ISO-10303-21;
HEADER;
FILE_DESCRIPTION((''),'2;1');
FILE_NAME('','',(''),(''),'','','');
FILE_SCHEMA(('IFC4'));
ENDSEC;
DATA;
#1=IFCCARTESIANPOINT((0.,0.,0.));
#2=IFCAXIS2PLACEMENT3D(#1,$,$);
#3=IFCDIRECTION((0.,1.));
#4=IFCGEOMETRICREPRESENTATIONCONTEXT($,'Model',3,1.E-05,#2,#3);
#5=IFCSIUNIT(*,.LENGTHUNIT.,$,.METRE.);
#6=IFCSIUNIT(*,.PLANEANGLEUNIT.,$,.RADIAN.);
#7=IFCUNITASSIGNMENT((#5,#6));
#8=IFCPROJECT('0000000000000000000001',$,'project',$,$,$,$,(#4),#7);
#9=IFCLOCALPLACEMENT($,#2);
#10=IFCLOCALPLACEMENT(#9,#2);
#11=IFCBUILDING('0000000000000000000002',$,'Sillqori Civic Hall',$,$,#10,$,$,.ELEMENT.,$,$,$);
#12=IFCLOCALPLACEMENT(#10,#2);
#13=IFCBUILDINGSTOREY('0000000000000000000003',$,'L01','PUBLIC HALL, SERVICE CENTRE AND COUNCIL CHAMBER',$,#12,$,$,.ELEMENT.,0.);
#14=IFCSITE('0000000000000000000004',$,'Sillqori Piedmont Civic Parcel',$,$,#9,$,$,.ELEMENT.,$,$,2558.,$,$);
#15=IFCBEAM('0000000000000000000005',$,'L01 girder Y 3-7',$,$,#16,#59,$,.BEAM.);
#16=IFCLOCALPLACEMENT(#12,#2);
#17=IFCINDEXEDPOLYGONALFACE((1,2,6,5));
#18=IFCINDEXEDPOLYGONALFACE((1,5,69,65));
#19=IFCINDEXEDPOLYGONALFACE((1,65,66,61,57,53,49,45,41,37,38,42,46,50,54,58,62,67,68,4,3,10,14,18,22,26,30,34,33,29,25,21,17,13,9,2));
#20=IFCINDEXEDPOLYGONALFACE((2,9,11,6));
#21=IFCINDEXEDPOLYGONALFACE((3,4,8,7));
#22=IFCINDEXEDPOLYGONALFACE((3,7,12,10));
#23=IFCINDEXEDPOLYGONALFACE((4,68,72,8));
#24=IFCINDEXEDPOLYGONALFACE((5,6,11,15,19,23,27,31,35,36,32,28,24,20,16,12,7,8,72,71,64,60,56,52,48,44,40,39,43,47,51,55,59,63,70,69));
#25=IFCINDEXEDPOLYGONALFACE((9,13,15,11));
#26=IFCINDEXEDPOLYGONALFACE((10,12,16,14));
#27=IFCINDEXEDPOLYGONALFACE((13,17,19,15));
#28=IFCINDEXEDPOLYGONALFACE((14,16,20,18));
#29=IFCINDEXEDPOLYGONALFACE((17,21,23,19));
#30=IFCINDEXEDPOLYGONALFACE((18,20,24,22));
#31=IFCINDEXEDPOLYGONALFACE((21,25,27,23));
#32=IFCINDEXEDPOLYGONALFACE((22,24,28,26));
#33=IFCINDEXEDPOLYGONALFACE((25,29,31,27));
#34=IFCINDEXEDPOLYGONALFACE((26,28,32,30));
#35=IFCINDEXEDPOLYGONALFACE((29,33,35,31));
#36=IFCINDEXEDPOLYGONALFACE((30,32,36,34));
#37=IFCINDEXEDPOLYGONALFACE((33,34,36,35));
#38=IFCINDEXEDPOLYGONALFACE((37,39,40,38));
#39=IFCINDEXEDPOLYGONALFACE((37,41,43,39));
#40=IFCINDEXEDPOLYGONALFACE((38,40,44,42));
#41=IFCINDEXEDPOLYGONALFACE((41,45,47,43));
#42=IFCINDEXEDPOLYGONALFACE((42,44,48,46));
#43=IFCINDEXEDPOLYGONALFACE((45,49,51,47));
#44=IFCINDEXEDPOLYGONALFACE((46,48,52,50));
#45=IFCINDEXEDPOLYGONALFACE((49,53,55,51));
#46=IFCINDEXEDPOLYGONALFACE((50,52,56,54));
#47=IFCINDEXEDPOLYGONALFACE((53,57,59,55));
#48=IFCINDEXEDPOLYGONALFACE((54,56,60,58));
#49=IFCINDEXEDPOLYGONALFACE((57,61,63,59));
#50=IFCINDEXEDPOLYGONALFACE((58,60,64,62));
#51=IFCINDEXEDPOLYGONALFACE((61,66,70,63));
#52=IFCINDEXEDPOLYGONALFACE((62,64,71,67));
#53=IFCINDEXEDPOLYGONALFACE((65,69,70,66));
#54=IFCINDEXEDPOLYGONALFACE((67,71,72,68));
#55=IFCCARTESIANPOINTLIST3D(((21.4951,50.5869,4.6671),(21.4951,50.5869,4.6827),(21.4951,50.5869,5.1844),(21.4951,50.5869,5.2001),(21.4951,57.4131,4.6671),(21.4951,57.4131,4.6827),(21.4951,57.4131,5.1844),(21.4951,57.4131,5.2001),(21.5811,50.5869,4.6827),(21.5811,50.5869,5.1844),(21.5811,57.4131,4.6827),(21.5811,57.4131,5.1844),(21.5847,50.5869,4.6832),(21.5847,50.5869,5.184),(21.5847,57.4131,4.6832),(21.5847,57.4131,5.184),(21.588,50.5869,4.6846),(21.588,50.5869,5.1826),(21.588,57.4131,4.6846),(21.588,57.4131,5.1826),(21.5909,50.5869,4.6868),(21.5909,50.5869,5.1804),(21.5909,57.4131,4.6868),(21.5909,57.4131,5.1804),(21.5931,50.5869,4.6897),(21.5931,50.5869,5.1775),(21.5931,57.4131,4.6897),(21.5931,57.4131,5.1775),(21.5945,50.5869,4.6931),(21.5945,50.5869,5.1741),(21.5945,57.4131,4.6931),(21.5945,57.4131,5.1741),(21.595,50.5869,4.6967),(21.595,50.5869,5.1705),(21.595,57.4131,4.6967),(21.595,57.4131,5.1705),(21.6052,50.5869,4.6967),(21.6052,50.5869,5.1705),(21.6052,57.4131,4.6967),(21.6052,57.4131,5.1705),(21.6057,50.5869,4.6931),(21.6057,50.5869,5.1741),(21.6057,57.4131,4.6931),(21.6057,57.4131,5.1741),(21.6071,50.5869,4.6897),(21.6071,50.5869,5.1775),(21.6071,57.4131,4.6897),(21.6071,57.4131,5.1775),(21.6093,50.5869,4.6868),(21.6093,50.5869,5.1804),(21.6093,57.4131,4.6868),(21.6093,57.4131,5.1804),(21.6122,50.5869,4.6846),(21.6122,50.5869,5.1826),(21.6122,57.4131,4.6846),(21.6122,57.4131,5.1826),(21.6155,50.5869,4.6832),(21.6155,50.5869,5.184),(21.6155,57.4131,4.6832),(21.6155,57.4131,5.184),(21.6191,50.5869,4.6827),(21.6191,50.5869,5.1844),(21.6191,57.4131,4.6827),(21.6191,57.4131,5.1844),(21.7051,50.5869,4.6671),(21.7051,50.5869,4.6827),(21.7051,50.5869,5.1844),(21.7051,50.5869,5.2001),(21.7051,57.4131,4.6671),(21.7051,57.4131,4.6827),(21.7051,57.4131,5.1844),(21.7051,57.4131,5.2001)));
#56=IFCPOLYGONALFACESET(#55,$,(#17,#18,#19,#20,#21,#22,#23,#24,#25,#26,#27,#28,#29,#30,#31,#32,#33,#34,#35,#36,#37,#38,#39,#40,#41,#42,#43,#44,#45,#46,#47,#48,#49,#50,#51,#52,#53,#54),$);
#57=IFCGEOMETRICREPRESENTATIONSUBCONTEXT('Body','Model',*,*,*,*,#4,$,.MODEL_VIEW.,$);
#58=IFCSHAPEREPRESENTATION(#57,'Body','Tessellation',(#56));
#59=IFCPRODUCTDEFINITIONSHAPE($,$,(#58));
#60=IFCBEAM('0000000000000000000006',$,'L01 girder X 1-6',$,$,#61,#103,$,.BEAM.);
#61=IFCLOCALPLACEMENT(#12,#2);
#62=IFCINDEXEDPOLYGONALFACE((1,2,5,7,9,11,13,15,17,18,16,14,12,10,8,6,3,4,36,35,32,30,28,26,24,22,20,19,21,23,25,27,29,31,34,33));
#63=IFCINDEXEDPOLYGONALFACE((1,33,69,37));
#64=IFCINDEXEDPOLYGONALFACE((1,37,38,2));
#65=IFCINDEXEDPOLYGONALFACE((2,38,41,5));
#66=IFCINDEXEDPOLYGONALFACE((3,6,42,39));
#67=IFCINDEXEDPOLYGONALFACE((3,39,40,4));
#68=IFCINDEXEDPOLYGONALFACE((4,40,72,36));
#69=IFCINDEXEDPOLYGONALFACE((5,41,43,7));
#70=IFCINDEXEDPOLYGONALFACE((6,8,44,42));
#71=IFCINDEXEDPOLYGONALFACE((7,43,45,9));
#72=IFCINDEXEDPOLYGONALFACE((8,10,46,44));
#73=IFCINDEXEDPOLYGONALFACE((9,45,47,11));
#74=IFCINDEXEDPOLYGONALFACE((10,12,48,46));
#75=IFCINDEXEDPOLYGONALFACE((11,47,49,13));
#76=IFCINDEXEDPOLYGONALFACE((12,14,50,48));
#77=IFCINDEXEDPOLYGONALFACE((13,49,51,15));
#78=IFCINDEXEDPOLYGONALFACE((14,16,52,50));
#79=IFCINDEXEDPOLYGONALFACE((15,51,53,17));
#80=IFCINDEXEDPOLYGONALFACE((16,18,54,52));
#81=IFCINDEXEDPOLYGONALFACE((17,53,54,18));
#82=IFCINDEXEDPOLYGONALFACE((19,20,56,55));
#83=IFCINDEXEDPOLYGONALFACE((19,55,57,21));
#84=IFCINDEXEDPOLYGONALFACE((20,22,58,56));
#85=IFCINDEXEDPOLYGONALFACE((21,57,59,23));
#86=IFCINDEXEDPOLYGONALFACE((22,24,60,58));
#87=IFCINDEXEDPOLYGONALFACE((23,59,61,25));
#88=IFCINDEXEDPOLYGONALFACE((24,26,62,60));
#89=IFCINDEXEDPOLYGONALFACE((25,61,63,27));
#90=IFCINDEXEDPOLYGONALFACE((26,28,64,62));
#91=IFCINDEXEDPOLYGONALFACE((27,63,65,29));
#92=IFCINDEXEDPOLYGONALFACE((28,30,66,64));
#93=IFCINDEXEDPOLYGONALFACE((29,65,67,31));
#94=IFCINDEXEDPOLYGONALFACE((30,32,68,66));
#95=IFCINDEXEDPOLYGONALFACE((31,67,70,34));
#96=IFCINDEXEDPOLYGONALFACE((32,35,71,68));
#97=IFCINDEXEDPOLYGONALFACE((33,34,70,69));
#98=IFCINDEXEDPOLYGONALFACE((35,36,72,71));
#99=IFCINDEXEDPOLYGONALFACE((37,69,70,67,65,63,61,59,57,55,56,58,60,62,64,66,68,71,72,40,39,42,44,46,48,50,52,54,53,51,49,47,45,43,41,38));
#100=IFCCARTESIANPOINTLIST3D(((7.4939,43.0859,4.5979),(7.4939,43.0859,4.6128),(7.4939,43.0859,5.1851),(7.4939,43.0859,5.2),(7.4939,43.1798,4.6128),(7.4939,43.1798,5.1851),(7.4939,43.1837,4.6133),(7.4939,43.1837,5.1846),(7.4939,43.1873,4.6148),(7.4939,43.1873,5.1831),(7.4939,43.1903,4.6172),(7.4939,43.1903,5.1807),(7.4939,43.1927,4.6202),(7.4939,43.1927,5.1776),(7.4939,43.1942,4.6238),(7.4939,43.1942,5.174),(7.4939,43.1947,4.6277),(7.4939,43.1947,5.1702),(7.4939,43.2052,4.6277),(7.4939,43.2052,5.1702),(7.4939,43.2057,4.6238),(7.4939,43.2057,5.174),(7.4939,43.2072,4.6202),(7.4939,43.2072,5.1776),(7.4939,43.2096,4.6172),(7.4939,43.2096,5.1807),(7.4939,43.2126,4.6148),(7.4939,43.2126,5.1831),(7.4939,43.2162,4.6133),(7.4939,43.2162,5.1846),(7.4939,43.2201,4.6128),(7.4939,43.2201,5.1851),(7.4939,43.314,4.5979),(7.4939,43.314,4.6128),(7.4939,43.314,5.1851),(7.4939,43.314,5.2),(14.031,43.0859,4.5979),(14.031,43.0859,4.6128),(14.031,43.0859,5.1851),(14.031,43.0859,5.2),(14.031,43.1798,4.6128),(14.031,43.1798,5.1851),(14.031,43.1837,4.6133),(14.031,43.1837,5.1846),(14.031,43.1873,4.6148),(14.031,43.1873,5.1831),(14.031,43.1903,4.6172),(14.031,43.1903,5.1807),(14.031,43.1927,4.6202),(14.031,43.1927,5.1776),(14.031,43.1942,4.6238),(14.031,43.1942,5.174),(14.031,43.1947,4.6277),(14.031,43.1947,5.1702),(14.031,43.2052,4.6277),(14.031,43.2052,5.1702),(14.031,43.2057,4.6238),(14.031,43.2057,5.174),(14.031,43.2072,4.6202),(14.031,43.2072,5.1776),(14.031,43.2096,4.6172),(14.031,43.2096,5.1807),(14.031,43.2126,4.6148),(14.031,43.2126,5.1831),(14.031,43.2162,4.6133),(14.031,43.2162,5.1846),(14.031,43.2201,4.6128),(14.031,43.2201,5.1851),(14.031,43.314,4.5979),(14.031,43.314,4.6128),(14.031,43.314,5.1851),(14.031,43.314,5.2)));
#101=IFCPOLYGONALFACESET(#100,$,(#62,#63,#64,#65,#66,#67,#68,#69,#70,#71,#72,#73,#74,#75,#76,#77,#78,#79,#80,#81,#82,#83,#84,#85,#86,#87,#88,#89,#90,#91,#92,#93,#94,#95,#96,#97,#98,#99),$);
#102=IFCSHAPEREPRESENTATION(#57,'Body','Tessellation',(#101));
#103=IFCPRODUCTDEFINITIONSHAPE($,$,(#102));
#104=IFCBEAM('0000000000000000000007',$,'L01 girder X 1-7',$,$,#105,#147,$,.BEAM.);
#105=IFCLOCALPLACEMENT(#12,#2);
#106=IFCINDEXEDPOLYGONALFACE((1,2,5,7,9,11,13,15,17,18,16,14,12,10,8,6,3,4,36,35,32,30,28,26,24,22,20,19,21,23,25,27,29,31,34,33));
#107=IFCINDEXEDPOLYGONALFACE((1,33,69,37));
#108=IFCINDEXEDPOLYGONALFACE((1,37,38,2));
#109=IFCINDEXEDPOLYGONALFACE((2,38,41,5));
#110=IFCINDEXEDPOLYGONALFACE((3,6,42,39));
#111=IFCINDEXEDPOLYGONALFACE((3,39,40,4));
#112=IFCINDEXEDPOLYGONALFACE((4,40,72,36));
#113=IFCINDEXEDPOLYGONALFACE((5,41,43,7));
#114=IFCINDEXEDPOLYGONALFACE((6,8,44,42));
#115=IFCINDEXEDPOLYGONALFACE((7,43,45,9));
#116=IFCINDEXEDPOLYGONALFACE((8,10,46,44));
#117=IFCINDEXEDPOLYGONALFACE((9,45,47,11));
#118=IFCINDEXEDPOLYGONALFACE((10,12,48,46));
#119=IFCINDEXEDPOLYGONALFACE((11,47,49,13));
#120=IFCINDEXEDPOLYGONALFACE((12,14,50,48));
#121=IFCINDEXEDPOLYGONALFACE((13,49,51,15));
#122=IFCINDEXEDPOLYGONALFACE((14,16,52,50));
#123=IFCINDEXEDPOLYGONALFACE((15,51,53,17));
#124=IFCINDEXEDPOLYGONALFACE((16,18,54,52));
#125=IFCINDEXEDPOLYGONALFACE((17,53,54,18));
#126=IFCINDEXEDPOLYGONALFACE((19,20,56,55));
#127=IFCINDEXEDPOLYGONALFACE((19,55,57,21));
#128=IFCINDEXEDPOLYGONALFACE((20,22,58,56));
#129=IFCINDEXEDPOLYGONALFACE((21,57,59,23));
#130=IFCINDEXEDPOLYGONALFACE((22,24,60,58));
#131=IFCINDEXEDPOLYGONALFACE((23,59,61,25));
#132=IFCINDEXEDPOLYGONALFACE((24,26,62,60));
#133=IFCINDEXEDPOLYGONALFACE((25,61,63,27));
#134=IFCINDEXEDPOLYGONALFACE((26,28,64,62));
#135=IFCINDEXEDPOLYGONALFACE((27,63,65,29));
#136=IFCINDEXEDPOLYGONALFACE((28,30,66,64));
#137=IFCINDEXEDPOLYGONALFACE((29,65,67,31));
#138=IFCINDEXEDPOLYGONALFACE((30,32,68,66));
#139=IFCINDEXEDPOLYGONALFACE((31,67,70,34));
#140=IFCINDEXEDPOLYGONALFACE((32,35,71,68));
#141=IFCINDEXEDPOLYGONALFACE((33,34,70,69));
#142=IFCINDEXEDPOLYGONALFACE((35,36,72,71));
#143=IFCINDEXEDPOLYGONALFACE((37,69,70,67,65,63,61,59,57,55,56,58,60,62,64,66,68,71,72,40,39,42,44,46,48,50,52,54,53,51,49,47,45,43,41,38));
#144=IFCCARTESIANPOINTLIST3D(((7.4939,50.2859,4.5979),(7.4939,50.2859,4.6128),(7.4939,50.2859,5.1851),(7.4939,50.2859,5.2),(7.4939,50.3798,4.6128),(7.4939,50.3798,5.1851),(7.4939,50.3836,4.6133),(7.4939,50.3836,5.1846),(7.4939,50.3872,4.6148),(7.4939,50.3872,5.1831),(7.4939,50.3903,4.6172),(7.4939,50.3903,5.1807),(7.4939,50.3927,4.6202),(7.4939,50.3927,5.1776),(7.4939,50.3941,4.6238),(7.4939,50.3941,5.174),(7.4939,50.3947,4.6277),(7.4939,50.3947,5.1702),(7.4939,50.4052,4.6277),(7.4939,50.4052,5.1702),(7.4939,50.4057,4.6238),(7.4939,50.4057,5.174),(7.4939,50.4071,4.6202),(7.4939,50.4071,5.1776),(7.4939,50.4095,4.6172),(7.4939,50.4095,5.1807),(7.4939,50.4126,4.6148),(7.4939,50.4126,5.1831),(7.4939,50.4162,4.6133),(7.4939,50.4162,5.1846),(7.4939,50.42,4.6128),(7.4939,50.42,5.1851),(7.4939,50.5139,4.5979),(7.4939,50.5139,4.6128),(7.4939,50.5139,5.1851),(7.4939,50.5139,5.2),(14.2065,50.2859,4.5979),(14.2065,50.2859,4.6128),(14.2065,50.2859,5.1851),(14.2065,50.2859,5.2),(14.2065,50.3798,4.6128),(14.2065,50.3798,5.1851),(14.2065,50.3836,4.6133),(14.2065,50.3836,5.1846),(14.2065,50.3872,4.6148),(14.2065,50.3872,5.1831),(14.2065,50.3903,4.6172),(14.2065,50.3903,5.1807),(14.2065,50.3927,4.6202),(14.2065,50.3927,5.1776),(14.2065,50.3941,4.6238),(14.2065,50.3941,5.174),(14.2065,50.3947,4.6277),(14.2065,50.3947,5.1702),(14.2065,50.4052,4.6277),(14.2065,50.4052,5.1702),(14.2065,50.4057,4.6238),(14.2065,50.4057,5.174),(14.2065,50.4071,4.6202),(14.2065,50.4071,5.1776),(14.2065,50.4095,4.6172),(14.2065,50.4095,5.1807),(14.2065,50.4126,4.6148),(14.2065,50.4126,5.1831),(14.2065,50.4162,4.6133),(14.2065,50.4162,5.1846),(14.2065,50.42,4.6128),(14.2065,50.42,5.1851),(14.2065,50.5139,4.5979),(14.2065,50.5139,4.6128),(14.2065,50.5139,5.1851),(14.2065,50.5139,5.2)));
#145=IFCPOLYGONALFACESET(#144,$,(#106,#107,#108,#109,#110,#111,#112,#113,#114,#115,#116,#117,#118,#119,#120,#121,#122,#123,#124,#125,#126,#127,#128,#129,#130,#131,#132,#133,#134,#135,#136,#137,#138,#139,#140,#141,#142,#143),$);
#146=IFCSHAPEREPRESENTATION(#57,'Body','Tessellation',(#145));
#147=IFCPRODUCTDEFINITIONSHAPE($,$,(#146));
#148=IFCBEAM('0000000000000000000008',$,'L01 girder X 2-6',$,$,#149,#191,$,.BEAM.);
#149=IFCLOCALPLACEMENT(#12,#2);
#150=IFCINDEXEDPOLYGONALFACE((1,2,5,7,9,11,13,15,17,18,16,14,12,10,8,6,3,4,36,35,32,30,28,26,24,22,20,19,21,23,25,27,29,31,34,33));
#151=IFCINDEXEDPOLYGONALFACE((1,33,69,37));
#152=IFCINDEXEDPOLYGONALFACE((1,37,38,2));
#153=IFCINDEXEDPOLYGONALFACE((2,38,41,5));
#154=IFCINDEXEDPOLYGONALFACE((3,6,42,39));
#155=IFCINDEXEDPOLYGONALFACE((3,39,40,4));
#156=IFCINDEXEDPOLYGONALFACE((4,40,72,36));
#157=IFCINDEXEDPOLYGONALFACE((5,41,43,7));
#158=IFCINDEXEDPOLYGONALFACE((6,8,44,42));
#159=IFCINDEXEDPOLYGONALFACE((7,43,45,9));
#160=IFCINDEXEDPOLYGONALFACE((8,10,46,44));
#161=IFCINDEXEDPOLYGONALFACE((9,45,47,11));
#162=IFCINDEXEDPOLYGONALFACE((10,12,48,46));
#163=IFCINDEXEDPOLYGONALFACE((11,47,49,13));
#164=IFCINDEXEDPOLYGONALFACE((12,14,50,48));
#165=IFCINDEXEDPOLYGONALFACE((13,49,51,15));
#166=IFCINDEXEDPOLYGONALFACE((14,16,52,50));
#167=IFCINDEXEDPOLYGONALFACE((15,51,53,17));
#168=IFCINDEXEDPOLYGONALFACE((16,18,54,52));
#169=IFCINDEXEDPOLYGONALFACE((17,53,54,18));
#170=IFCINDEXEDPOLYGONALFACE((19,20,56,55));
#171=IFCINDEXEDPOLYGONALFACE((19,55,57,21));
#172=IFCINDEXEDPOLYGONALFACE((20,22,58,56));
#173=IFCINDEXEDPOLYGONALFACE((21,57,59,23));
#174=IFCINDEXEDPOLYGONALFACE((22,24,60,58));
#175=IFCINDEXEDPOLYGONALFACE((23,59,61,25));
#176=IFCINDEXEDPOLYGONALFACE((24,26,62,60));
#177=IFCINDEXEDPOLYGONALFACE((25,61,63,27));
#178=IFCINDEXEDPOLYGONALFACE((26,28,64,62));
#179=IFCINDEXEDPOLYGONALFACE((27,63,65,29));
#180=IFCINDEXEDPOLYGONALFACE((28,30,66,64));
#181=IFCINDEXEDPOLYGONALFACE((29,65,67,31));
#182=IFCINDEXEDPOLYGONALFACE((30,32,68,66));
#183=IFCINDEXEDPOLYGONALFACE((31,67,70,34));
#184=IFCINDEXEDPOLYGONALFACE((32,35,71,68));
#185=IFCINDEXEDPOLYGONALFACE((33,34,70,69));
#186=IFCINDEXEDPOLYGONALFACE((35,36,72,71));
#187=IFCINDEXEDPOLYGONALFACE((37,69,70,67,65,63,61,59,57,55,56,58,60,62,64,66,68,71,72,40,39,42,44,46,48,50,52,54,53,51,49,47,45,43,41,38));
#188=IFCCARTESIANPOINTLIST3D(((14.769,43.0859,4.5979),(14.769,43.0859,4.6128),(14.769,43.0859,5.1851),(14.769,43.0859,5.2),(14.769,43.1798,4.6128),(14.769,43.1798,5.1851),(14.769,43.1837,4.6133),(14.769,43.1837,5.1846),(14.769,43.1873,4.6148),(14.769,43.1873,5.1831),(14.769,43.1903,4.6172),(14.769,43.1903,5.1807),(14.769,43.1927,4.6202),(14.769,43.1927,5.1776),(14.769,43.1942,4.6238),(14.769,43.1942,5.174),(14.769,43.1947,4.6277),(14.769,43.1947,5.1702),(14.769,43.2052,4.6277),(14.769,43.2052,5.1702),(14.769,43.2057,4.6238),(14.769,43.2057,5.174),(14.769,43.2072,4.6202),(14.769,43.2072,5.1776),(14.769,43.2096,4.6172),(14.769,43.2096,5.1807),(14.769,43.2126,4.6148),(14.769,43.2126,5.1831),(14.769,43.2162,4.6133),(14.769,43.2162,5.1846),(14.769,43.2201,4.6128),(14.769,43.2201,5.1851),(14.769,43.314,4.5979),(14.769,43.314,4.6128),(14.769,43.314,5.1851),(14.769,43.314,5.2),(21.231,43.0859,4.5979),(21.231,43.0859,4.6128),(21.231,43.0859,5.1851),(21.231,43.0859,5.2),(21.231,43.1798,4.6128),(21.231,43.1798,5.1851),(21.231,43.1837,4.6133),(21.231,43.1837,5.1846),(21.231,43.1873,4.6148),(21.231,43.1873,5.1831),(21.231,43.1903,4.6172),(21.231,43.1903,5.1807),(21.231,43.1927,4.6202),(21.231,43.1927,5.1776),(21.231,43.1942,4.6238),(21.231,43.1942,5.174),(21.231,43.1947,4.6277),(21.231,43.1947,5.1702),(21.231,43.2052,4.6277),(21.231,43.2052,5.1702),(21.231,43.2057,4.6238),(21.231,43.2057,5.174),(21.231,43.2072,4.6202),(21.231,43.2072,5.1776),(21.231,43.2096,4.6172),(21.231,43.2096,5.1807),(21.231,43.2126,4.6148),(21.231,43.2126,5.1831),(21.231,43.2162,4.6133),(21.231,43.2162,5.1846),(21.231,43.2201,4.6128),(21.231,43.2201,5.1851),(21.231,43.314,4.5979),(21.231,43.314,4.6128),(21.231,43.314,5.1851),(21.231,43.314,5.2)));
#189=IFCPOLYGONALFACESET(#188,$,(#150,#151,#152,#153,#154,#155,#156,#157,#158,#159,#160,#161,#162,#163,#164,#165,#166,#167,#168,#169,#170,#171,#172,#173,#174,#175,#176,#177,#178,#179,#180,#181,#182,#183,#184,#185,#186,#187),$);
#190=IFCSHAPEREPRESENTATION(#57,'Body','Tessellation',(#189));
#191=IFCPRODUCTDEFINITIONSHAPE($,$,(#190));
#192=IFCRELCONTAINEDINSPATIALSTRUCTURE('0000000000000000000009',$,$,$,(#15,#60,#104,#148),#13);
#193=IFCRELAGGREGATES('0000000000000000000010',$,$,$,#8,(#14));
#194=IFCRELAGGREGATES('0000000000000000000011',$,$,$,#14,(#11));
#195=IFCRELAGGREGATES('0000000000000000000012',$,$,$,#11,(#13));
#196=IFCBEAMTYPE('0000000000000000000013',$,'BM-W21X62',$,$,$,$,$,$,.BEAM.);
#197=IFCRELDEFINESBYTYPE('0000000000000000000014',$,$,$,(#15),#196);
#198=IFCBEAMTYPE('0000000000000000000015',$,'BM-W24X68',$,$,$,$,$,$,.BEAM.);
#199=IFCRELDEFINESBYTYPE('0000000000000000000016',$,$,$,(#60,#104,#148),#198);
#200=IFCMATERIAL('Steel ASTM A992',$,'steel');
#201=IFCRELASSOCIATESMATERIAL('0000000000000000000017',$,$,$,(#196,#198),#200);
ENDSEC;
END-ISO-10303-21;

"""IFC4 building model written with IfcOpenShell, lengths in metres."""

from ifc_helpers import new_model, si_unit, direction, frame, origin, origin_2d, place, context, subcontext, project, spatial, i_section, extrude, material, material_profile, profile_set, type_object, element, save


model = new_model("IFC4")

# Units and contexts
model_context = context("Model", 3, precision=1e-05, world=origin(), true_north=direction((0.0, 1.0)))
body_context = subcontext(model_context, "Body", "Model", "MODEL_VIEW")
ifc_project = project(units=[si_unit("LENGTHUNIT", "METRE"), si_unit("PLANEANGLEUNIT", "RADIAN")], contexts=[model_context])

# Site, building, storey
site_placement = place(None, origin())
site = spatial("IfcSite", under=ifc_project, at=site_placement, Name="Sillqori Piedmont Civic Parcel", CompositionType="ELEMENT", RefElevation=2558.0)
building_placement = place(site_placement, origin())
building = spatial("IfcBuilding", under=site, at=building_placement, Name="Sillqori Civic Hall", CompositionType="ELEMENT")
storey_placement = place(building_placement, origin())
storey = spatial("IfcBuildingStorey", under=building, at=storey_placement, Name="L01", Description="PUBLIC HALL, SERVICE CENTRE AND COUNCIL CHAMBER", CompositionType="ELEMENT", Elevation=0.0)

# Shared definitions
ifc_material_1 = material(Name="Steel ASTM A992", Category="steel")

# Beams
ifc_material_profile_1 = material_profile(ifc_material_1, i_section(OverallWidth=0.21, OverallDepth=0.533, WebThickness=0.0103, FlangeThickness=0.0156, FilletRadius=0.0139, at=origin_2d()), Name="W21X62")
ifc_profile_set_1 = profile_set([ifc_material_profile_1], Name="Steel ASTM A992")
beam_type_1 = type_object("IfcBeamType", Name="BM-W21X62", PredefinedType="BEAM", material=ifc_profile_set_1)
beam_1_placement = place(storey_placement, frame((21.6001, 50.5869, 4.9336), z_axis=(0.0, 1.0, 0.0), x_axis=(-1.0, 0.0, 0.0)))
element("IfcBeam", 1, at=beam_1_placement, inside=storey, type_object=beam_type_1, Name="L01 girder Y 3-7", PredefinedType="BEAM", context=body_context, shape_type="SweptSolid", body=[
    extrude(i_section(OverallWidth=0.21, OverallDepth=0.533, WebThickness=0.0103, FlangeThickness=0.0156, FilletRadius=0.0139, at=origin_2d()), origin(), (0.0, 0.0, 1.0), 6.8262),
])
ifc_material_profile_2 = material_profile(ifc_material_1, i_section(OverallWidth=0.228, OverallDepth=0.6021, WebThickness=0.0105, FlangeThickness=0.0149, FilletRadius=0.0149, at=origin_2d()), Name="W24X68")
ifc_profile_set_2 = profile_set([ifc_material_profile_2], Name="Steel ASTM A992")
beam_type_2 = type_object("IfcBeamType", Name="BM-W24X68", PredefinedType="BEAM", material=ifc_profile_set_2)
beam_2_placement = place(storey_placement, frame((7.4939, 43.2, 4.8989), z_axis=(1.0, 0.0, 0.0), x_axis=(0.0, 1.0, 0.0)))
element("IfcBeam", 2, at=beam_2_placement, inside=storey, type_object=beam_type_2, Name="L01 girder X 1-6", PredefinedType="BEAM", context=body_context, shape_type="SweptSolid", body=[
    extrude(i_section(OverallWidth=0.228, OverallDepth=0.6021, WebThickness=0.0105, FlangeThickness=0.0149, FilletRadius=0.0149, at=origin_2d()), origin(), (0.0, 0.0, 1.0), 6.5371),
])
beam_3_placement = place(storey_placement, frame((7.4939, 50.3999, 4.8989), z_axis=(1.0, 0.0, 0.0), x_axis=(0.0, 1.0, 0.0)))
element("IfcBeam", 3, at=beam_3_placement, inside=storey, type_object=beam_type_2, Name="L01 girder X 1-7", PredefinedType="BEAM", context=body_context, shape_type="SweptSolid", body=[
    extrude(i_section(OverallWidth=0.228, OverallDepth=0.6021, WebThickness=0.0105, FlangeThickness=0.0149, FilletRadius=0.0149, at=origin_2d()), origin(), (0.0, 0.0, 1.0), 6.7126),
])
beam_4_placement = place(storey_placement, frame((14.769, 43.2, 4.8989), z_axis=(1.0, 0.0, 0.0), x_axis=(0.0, 1.0, 0.0)))
element("IfcBeam", 4, at=beam_4_placement, inside=storey, type_object=beam_type_2, Name="L01 girder X 2-6", PredefinedType="BEAM", context=body_context, shape_type="SweptSolid", body=[
    extrude(i_section(OverallWidth=0.228, OverallDepth=0.6021, WebThickness=0.0105, FlangeThickness=0.0149, FilletRadius=0.0149, at=origin_2d()), origin(), (0.0, 0.0, 1.0), 6.4619),
])

save(model, "model.ifc")
